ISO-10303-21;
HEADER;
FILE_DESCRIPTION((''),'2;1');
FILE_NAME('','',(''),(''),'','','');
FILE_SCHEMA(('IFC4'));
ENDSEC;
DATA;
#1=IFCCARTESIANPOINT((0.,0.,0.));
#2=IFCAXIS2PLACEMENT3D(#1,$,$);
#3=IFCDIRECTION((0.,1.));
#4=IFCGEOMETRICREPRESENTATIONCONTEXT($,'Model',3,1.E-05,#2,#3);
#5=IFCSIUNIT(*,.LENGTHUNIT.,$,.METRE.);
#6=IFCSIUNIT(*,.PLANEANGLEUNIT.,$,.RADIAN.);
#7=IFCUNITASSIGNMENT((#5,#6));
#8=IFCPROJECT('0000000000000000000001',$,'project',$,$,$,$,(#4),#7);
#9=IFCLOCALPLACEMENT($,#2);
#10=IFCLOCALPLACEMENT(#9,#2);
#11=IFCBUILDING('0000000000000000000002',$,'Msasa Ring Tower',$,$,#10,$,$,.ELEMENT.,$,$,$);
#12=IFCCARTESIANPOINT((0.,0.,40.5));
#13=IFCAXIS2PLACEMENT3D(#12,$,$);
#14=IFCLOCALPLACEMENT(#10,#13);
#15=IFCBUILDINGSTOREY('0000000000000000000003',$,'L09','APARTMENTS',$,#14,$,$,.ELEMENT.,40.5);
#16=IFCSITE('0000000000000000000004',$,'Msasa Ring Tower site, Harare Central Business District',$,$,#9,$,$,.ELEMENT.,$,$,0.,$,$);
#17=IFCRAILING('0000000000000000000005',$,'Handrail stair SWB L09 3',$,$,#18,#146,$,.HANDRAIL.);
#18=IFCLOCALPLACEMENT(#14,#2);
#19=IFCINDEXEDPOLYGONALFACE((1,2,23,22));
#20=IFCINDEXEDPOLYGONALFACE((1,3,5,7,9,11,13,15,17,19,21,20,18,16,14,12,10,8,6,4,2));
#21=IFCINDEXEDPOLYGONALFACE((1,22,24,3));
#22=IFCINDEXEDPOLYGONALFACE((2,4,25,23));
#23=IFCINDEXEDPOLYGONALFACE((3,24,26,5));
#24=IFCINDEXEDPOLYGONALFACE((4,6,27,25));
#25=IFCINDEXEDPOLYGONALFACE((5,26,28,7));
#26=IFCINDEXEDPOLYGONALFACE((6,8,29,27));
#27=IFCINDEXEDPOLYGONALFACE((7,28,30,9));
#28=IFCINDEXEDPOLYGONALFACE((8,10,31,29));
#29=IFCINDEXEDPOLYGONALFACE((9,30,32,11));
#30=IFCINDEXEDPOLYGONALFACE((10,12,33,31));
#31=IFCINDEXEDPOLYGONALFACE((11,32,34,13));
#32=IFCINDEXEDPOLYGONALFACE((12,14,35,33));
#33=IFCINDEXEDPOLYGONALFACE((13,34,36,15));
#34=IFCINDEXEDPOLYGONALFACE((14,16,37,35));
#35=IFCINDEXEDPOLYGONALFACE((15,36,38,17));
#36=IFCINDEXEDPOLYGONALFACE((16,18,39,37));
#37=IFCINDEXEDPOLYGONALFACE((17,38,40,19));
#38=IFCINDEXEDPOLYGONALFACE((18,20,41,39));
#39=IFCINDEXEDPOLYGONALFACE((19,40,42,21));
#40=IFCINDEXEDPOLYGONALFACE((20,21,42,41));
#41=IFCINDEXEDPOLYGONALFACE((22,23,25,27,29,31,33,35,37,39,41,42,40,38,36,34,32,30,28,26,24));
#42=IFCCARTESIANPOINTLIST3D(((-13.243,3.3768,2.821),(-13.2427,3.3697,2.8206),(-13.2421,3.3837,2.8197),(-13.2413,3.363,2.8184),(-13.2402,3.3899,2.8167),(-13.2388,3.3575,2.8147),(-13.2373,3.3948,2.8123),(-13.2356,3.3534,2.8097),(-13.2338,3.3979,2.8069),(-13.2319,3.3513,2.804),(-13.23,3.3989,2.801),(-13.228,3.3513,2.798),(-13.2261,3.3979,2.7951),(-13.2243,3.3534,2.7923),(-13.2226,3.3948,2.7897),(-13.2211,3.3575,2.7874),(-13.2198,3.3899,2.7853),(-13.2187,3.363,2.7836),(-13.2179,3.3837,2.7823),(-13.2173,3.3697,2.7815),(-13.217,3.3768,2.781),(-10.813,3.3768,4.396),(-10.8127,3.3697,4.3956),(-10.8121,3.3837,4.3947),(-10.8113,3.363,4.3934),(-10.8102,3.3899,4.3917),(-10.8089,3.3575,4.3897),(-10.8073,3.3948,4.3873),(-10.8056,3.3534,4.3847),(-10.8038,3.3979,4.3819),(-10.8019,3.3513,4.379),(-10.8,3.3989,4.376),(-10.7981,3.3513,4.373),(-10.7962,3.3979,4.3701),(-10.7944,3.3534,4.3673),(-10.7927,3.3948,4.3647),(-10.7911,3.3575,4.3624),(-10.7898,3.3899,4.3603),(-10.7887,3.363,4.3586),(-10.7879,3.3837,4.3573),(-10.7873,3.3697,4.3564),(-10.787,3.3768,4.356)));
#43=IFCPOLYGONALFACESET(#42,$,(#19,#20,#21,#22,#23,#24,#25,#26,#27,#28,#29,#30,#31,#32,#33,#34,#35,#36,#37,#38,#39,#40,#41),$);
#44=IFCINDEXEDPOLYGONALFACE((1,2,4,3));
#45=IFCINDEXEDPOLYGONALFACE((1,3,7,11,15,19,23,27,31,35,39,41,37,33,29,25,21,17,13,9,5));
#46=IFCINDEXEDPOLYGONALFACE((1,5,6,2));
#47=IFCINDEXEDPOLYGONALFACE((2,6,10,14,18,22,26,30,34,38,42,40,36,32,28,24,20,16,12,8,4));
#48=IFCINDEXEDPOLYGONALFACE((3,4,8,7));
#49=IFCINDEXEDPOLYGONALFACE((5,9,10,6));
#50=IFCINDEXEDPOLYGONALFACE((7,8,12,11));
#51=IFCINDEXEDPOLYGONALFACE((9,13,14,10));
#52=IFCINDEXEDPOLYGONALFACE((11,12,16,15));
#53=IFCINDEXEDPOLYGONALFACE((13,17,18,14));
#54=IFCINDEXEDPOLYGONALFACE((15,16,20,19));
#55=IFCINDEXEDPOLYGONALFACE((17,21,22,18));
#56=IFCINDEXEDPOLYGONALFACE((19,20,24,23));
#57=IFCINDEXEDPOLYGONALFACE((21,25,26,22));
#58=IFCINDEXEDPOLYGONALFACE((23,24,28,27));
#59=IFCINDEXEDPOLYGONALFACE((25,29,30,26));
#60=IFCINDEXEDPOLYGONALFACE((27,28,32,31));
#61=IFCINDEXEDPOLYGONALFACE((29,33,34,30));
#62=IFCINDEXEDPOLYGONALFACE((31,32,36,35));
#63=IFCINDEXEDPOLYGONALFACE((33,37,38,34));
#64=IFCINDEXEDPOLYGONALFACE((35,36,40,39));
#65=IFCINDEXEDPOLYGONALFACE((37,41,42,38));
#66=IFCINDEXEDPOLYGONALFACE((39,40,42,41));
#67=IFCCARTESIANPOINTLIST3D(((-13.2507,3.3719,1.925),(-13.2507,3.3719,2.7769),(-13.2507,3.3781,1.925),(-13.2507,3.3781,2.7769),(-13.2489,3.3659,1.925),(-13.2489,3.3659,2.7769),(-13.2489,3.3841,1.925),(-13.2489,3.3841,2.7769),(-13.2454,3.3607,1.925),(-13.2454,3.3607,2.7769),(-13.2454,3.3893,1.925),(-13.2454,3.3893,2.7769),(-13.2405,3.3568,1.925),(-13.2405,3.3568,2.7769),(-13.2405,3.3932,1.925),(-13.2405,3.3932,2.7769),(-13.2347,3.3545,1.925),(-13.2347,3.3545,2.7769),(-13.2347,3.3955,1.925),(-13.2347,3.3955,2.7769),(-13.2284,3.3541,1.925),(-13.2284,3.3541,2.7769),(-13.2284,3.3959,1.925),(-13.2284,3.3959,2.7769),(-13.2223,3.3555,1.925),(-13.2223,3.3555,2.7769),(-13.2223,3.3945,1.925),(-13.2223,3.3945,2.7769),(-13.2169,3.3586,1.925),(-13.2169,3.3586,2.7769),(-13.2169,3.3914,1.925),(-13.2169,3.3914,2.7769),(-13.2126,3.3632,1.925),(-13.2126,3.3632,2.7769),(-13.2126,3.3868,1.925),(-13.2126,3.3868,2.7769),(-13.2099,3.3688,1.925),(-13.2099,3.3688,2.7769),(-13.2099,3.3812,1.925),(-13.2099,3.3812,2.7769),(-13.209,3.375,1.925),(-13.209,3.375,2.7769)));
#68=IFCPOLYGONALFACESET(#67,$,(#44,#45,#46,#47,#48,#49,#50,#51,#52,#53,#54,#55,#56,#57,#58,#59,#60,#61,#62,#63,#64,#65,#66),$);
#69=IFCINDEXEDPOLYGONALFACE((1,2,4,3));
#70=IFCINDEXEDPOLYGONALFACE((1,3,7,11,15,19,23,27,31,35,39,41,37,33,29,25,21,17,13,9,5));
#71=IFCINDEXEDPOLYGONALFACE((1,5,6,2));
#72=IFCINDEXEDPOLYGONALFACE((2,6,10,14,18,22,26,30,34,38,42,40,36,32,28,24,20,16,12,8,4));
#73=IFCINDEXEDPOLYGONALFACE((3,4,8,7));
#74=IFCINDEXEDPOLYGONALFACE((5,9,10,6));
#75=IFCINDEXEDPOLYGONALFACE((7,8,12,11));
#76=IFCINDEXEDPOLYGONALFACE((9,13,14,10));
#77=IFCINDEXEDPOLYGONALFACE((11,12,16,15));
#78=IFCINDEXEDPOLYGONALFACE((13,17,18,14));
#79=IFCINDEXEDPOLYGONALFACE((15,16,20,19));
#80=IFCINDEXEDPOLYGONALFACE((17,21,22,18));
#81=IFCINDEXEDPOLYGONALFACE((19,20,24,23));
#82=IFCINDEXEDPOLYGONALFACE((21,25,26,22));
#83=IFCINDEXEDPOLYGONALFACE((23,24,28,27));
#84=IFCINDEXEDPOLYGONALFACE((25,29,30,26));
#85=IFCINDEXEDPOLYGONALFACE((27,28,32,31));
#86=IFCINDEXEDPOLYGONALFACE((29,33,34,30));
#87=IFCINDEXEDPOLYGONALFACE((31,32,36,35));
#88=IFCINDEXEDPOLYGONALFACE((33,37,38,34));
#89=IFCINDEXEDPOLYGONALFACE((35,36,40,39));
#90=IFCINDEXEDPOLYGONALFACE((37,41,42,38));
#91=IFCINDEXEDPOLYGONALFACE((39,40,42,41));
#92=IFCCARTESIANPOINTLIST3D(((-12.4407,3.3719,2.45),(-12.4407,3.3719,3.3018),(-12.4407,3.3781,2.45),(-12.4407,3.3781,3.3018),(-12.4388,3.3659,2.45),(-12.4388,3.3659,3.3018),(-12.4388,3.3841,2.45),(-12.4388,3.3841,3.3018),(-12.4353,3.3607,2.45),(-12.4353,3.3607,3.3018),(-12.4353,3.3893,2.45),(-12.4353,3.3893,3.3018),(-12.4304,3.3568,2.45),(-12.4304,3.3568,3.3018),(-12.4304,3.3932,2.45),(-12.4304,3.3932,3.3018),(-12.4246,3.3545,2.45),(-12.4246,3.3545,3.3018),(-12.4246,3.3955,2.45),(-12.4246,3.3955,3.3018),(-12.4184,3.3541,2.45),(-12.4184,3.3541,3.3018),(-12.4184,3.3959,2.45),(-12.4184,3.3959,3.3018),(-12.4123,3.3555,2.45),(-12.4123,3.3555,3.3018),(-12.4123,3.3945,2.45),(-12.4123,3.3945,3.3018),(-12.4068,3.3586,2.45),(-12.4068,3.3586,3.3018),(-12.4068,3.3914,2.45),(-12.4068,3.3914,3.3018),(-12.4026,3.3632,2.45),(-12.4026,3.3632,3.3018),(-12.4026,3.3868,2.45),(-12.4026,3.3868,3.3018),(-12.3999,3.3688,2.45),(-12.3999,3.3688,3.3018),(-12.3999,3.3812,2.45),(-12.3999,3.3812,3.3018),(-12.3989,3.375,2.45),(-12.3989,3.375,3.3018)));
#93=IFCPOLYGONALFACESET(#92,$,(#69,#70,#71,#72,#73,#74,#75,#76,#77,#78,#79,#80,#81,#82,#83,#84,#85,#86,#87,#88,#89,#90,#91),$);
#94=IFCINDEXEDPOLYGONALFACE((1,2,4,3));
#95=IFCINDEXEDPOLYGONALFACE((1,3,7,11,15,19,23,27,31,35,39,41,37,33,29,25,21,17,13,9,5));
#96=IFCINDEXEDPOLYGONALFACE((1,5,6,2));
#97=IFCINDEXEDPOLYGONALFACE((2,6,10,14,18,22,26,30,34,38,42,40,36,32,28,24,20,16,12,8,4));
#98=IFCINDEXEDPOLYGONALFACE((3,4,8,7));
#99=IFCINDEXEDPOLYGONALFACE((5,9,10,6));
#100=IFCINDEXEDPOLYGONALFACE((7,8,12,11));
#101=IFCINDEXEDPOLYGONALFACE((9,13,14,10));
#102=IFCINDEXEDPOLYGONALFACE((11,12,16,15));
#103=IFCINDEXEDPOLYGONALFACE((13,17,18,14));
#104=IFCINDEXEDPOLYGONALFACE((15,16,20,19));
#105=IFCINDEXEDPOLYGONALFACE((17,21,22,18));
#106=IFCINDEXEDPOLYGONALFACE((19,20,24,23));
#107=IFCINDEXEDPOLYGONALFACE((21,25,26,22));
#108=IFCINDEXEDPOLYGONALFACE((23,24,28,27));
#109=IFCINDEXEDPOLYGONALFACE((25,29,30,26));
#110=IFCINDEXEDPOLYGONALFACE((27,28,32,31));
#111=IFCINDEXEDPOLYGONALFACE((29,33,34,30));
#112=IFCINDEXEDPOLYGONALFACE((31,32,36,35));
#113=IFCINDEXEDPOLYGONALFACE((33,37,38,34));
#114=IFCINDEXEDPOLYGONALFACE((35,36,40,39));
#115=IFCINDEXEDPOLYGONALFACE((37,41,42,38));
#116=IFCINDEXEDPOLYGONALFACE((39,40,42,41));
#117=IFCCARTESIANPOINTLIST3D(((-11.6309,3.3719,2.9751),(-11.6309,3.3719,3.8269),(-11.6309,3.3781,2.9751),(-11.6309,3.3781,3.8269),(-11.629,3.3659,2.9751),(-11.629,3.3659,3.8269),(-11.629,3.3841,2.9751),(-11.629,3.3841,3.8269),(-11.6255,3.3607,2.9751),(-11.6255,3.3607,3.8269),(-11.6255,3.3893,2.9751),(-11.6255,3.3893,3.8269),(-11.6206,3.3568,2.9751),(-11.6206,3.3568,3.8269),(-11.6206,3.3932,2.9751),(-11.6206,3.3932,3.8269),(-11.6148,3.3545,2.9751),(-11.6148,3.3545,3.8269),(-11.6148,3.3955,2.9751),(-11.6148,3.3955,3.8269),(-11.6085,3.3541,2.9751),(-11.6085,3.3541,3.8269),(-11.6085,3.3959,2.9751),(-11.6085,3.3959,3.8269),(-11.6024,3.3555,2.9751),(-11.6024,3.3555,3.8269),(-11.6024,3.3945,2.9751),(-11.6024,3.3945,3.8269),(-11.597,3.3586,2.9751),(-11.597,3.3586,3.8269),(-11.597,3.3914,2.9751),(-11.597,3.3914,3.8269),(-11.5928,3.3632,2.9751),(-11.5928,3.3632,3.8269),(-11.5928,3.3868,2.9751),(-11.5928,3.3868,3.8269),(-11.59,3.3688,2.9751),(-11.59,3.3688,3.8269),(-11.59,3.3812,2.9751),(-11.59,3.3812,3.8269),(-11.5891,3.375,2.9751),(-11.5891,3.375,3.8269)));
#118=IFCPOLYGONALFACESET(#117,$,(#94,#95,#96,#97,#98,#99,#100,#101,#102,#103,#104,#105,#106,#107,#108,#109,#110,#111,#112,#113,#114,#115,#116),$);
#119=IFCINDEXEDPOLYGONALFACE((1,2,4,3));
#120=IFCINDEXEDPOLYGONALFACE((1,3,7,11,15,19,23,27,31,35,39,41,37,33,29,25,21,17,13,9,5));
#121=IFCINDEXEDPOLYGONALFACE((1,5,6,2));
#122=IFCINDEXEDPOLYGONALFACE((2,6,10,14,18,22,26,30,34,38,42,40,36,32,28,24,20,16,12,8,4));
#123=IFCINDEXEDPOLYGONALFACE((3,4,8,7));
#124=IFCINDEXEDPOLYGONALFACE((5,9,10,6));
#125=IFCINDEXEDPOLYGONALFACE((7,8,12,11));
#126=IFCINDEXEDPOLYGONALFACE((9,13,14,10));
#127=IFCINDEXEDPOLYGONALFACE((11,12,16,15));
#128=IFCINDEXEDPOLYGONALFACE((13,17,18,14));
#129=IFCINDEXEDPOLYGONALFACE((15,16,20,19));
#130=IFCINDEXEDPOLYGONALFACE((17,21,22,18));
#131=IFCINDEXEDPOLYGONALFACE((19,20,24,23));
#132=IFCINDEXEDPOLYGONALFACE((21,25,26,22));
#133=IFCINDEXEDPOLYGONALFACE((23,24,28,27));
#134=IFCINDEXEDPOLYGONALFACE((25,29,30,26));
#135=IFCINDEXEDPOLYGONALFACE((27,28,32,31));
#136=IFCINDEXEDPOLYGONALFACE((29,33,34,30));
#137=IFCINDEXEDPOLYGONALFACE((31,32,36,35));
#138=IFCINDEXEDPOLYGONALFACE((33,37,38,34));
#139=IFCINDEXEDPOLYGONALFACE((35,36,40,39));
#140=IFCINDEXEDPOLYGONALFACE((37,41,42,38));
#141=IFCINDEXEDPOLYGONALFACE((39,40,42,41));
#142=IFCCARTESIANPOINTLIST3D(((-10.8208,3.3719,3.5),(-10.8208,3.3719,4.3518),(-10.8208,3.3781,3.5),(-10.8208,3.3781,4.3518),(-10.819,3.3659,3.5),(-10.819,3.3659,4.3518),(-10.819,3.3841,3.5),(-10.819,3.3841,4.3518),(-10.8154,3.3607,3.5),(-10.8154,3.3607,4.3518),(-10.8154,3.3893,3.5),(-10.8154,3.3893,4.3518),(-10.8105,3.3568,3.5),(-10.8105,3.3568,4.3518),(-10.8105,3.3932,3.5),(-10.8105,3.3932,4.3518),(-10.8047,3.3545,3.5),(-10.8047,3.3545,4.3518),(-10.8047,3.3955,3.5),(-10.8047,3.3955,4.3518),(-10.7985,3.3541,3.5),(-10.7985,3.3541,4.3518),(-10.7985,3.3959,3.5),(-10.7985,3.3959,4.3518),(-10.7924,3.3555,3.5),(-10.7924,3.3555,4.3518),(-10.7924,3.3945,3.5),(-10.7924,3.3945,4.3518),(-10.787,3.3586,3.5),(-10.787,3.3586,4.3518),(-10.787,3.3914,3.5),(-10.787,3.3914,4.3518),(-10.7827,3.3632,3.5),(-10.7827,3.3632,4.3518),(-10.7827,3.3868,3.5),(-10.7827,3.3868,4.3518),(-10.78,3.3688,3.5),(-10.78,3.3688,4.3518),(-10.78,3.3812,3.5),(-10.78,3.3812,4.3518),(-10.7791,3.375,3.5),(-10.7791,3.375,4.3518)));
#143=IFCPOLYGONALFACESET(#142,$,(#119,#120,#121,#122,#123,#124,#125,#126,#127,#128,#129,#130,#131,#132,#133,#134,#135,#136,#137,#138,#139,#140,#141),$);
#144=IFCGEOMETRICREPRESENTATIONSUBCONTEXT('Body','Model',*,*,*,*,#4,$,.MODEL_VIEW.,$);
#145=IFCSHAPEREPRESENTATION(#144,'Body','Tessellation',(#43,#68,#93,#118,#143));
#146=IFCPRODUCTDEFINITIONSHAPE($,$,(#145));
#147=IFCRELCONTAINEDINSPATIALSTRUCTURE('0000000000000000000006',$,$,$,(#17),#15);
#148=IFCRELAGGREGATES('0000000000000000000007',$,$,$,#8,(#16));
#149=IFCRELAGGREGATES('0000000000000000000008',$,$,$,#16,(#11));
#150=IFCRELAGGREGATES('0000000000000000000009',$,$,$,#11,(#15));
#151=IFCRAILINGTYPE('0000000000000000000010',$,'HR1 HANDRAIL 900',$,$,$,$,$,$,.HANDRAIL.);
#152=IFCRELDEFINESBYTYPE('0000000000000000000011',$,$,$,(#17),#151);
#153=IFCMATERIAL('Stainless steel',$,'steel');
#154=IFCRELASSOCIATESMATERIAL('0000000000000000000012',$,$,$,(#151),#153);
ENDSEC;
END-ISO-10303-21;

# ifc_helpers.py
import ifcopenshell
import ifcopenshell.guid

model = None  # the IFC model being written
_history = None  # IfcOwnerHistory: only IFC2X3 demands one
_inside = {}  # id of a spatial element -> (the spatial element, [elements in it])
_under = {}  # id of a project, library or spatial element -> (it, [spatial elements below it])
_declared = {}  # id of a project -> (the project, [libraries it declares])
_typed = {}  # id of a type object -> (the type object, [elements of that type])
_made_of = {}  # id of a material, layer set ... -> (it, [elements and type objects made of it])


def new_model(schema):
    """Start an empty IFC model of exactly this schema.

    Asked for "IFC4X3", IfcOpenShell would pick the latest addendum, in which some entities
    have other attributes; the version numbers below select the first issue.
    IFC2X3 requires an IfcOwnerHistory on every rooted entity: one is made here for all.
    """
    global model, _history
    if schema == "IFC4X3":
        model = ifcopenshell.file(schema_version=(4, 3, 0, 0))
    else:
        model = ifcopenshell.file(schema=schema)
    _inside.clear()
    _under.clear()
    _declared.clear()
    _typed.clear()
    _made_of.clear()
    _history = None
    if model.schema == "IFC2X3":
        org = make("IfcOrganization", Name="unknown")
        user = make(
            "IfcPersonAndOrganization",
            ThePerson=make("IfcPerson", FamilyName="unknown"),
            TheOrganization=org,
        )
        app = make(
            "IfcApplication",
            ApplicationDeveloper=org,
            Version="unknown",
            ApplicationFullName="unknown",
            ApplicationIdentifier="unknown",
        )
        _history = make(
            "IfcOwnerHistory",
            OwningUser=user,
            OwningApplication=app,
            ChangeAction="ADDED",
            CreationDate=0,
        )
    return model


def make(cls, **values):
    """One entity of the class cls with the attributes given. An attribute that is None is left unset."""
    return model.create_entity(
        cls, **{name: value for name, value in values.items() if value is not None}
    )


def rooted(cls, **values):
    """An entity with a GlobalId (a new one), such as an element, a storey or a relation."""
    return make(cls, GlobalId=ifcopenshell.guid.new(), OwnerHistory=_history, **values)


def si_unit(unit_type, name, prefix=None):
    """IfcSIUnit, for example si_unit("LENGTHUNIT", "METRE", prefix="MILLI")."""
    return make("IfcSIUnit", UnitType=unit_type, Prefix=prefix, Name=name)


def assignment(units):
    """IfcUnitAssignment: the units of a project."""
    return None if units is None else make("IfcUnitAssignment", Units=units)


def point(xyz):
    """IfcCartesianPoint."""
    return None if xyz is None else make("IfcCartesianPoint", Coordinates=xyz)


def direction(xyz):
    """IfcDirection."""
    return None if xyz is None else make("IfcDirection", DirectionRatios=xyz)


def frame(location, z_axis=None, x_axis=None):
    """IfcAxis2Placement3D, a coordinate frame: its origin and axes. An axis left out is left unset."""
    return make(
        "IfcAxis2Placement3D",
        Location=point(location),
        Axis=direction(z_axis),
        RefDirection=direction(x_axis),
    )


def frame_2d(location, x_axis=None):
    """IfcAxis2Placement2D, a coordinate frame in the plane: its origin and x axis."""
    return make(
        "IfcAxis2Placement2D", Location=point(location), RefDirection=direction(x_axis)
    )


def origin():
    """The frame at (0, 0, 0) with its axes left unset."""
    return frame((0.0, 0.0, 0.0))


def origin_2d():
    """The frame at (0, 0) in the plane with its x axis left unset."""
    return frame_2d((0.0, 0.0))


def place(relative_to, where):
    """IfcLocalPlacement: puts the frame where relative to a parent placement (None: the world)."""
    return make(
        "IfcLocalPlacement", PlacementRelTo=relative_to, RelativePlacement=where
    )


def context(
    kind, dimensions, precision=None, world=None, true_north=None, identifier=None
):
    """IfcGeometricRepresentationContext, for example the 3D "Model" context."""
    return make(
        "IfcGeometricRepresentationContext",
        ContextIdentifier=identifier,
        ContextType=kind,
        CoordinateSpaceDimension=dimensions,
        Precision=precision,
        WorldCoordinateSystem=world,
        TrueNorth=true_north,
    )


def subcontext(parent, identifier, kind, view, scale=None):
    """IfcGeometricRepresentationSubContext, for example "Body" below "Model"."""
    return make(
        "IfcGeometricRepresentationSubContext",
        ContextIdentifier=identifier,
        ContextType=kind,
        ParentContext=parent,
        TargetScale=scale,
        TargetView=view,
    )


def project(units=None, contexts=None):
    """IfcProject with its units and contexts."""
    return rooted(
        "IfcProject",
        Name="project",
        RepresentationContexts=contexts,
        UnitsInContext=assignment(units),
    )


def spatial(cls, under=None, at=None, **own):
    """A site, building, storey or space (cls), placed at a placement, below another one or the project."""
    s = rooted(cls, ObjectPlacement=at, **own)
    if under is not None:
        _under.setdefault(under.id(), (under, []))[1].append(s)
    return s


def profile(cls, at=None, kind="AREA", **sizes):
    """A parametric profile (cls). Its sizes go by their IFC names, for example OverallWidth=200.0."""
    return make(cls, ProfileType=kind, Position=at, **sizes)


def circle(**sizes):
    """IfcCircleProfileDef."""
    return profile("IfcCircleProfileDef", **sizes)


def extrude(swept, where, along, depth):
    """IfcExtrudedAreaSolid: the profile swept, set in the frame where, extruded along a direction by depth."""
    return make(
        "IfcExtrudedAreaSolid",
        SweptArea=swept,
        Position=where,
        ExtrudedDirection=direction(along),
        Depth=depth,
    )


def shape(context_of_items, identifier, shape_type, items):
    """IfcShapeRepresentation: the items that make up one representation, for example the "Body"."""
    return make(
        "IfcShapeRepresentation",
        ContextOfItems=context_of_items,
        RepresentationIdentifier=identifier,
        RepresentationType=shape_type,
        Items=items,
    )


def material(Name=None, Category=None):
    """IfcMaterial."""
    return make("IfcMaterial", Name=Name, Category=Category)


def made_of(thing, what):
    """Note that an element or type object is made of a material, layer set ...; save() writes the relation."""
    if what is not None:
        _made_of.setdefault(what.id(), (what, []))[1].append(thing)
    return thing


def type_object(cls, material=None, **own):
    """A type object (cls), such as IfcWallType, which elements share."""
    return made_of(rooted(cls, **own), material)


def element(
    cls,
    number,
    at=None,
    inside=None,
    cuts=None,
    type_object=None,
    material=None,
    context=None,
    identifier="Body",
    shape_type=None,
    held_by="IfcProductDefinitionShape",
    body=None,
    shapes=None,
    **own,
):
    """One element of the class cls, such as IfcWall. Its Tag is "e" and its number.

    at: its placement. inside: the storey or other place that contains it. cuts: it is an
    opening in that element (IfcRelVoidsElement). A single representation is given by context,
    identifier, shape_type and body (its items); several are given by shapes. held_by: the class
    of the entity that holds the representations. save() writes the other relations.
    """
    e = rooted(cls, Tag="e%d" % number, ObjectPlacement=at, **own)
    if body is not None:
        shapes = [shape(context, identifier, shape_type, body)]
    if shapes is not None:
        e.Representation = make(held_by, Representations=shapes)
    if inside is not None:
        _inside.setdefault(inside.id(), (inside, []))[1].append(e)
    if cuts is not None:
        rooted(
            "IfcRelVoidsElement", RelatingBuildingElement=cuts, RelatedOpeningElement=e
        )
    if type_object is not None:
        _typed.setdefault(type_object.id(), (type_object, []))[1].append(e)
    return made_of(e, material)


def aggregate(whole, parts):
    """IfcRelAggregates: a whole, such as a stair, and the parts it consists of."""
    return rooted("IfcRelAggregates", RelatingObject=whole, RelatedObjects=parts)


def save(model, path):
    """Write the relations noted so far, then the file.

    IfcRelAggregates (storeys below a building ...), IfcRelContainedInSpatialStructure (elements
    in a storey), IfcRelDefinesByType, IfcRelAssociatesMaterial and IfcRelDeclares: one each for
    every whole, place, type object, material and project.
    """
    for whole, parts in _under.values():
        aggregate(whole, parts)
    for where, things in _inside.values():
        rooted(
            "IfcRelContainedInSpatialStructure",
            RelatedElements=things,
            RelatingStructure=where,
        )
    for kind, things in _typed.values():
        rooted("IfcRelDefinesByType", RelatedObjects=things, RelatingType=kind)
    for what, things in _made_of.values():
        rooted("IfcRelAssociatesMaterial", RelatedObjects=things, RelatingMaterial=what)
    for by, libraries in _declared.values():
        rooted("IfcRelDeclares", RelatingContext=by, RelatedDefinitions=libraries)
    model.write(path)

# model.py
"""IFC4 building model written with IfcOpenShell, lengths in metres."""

from ifc_helpers import new_model, si_unit, direction, frame, origin, origin_2d, place, context, subcontext, project, spatial, circle, extrude, material, type_object, element, save


model = new_model("IFC4")

# Units and contexts
model_context = context("Model", 3, precision=1e-05, world=origin(), true_north=direction((0.0, 1.0)))
body_context = subcontext(model_context, "Body", "Model", "MODEL_VIEW")
ifc_project = project(units=[si_unit("LENGTHUNIT", "METRE"), si_unit("PLANEANGLEUNIT", "RADIAN")], contexts=[model_context])

# Site, building, storey
site_placement = place(None, origin())
site = spatial("IfcSite", under=ifc_project, at=site_placement, Name="Msasa Ring Tower site, Harare Central Business District", CompositionType="ELEMENT", RefElevation=0.0)
building_placement = place(site_placement, origin())
building = spatial("IfcBuilding", under=site, at=building_placement, Name="Msasa Ring Tower", CompositionType="ELEMENT")
storey_placement = place(building_placement, frame((0.0, 0.0, 40.5)))
storey = spatial("IfcBuildingStorey", under=building, at=storey_placement, Name="L09", Description="APARTMENTS", CompositionType="ELEMENT", Elevation=40.5)

# Railing
ifc_material_1 = material(Name="Stainless steel", Category="steel")
railing_type = type_object("IfcRailingType", Name="HR1 HANDRAIL 900", PredefinedType="HANDRAIL", material=ifc_material_1)
for number, where, name in (
    (1, (-13.23, 3.375, 1.925), "Handrail stair SWB L09 3"),
):
    element("IfcRailing", number, at=place(storey_placement, frame(where)), inside=storey, type_object=railing_type, Name=name, PredefinedType="HANDRAIL", context=body_context, shape_type="SweptSolid", body=[
        extrude(circle(Radius=0.0239, at=origin_2d()), frame((0.0, 0.0, 0.876), z_axis=(0.839154, 0.0, 0.543894), x_axis=(0.0, 1.0, 0.0)), (0.0, 0.0, 1.0), 2.8958),
        extrude(circle(Radius=0.021, at=origin_2d()), origin(), (0.0, 0.0, 1.0), 0.8518),
        extrude(circle(Radius=0.021, at=origin_2d()), frame((0.8101, 0.0, 0.5249)), (0.0, 0.0, 1.0), 0.8518),
        extrude(circle(Radius=0.021, at=origin_2d()), frame((1.6199, 0.0, 1.05)), (0.0, 0.0, 1.0), 0.8518),
        extrude(circle(Radius=0.021, at=origin_2d()), frame((2.4299, 0.0, 1.575)), (0.0, 0.0, 1.0), 0.8518),
    ])

save(model, "model.ifc")
